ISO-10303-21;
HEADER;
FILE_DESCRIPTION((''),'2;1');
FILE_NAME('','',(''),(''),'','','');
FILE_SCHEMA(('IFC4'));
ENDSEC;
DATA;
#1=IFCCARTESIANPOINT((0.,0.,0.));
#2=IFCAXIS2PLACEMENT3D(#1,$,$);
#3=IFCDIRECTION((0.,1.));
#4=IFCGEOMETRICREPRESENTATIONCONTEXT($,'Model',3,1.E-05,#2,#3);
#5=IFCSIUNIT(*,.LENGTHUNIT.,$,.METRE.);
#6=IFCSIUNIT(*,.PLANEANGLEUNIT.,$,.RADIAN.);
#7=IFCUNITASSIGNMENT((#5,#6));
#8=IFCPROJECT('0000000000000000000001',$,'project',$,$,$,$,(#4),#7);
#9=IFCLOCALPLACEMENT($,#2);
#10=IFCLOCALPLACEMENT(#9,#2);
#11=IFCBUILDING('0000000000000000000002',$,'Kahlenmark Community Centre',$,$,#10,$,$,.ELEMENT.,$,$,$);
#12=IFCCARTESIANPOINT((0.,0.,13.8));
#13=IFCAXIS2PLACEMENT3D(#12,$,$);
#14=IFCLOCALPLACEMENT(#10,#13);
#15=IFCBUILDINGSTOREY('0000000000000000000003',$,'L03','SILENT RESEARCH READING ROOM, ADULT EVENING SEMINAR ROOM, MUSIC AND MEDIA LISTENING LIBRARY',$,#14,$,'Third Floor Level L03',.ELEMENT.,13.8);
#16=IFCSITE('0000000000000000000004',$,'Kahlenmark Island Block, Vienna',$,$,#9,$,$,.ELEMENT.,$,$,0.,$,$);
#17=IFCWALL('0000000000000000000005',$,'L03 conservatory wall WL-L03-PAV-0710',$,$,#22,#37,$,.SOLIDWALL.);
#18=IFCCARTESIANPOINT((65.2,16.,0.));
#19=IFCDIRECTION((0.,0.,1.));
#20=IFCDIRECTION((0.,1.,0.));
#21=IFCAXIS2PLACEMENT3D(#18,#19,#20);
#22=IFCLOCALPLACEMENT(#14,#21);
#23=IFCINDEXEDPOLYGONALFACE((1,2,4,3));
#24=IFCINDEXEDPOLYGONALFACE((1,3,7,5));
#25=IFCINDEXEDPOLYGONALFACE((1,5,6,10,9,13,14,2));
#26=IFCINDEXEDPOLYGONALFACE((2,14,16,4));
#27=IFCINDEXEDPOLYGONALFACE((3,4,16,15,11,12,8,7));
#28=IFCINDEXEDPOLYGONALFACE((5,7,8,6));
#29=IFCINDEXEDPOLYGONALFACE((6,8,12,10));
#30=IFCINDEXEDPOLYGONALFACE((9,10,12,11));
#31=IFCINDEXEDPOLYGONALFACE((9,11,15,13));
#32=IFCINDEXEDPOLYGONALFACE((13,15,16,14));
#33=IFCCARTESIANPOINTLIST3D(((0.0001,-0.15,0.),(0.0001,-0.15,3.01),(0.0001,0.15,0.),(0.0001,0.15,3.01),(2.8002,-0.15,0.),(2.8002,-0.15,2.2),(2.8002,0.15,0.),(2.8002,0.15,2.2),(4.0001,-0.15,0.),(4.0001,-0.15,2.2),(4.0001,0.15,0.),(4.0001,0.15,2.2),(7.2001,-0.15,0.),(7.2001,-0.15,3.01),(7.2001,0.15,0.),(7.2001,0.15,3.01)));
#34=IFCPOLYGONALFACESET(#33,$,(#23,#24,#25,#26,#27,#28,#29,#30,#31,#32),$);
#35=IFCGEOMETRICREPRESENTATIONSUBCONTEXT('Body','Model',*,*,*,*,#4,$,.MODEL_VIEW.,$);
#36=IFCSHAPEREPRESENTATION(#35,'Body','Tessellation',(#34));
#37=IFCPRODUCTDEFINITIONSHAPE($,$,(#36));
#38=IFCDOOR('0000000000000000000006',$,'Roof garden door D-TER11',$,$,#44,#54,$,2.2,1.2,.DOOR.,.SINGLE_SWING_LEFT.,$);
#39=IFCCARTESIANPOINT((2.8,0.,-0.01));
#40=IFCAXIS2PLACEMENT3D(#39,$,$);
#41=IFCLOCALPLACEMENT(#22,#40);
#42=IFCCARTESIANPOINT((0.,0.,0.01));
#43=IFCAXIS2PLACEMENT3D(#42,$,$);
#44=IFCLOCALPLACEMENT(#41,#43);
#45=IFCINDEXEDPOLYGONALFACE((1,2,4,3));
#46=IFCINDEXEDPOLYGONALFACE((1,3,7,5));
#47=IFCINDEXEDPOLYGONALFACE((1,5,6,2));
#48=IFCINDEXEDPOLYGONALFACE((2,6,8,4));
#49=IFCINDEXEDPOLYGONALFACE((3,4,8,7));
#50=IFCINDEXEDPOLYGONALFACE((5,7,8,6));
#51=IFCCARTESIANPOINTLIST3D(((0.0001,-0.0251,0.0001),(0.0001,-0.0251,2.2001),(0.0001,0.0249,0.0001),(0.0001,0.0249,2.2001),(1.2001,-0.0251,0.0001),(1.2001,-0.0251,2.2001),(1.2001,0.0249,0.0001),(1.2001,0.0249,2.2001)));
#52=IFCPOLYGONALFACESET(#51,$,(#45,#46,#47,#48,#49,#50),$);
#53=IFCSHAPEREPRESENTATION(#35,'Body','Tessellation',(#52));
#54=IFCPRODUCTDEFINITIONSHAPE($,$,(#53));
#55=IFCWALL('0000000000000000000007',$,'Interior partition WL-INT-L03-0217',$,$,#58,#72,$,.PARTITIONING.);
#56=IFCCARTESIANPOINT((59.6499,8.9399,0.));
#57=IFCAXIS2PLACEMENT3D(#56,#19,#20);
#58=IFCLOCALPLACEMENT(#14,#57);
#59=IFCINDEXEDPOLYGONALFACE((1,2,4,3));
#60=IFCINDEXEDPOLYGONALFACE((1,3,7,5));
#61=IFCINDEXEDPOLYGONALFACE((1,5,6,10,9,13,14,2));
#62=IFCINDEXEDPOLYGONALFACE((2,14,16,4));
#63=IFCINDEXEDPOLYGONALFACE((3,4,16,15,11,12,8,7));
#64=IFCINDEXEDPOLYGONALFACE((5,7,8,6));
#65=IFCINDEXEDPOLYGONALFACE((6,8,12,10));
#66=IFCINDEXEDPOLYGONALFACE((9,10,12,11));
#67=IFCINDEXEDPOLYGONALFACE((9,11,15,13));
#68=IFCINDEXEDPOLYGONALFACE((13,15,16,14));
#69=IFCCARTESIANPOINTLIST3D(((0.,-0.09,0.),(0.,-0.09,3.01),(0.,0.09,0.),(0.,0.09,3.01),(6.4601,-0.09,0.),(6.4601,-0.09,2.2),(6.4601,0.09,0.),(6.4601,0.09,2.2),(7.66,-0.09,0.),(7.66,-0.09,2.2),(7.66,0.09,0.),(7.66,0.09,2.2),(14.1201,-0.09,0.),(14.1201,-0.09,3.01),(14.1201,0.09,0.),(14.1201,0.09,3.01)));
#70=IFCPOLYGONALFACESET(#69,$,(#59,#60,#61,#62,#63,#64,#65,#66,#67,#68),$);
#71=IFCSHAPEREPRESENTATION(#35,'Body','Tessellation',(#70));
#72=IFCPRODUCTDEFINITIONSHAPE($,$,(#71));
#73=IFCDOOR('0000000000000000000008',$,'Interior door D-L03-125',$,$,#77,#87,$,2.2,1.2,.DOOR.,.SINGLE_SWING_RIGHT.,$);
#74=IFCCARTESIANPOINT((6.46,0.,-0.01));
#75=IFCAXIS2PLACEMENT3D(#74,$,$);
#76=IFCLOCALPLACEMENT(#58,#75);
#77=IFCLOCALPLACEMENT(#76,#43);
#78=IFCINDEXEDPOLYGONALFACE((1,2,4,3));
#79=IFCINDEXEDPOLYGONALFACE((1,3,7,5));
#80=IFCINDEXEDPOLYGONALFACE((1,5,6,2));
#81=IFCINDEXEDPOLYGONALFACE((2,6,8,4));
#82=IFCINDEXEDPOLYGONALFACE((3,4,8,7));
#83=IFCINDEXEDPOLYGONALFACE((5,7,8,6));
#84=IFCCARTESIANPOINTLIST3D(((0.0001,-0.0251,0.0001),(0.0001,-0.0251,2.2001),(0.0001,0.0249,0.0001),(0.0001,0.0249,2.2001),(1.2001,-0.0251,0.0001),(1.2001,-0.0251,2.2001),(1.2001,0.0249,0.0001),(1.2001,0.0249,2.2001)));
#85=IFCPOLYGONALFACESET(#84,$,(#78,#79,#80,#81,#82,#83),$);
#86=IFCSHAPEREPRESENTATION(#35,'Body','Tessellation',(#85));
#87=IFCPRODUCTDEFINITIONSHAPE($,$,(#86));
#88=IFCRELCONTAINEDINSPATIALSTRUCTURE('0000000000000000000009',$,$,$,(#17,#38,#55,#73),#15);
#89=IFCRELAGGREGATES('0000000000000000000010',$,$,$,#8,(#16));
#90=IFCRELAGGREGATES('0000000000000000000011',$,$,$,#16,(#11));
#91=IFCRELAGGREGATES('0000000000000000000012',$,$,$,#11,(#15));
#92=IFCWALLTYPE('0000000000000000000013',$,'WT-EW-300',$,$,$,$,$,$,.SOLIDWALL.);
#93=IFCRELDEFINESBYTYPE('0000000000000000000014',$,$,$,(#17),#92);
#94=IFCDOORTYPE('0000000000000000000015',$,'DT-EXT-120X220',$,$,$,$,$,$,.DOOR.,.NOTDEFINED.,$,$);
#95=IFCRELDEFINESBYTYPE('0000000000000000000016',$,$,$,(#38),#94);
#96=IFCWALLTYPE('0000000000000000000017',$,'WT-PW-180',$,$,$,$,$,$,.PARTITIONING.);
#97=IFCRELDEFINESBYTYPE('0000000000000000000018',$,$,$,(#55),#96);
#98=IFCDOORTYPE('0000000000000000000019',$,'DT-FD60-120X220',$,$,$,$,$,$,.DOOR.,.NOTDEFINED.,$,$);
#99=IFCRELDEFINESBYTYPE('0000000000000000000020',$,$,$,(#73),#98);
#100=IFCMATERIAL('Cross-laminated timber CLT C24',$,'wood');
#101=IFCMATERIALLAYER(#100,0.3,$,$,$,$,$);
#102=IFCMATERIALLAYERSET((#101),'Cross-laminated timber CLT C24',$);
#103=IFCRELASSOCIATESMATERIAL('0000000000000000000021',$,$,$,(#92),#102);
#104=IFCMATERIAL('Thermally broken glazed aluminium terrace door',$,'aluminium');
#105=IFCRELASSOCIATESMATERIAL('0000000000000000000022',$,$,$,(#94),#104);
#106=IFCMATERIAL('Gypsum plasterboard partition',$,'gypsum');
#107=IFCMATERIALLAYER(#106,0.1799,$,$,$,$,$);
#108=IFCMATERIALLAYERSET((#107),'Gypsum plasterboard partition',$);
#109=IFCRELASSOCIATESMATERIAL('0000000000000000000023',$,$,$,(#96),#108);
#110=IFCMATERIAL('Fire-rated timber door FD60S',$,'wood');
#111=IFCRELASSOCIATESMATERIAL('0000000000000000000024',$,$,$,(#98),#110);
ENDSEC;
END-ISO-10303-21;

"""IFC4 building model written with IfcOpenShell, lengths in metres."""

from ifc_helpers import new_model, si_unit, direction, frame, frame_2d, origin, place, context, subcontext, project, spatial, rectangle, extrude, material, layer, layer_set, type_object, element, fill, save


model = new_model("IFC4")

# Units and contexts
model_context = context("Model", 3, precision=1e-05, world=origin(), true_north=direction((0.0, 1.0)))
body_context = subcontext(model_context, "Body", "Model", "MODEL_VIEW")
ifc_project = project(units=[si_unit("LENGTHUNIT", "METRE"), si_unit("PLANEANGLEUNIT", "RADIAN")], contexts=[model_context])

# Site, building, storey
site_placement = place(None, origin())
site = spatial("IfcSite", under=ifc_project, at=site_placement, Name="Kahlenmark Island Block, Vienna", CompositionType="ELEMENT", RefElevation=0.0)
building_placement = place(site_placement, origin())
building = spatial("IfcBuilding", under=site, at=building_placement, Name="Kahlenmark Community Centre", CompositionType="ELEMENT")
storey_placement = place(building_placement, frame((0.0, 0.0, 13.8)))
storey = spatial("IfcBuildingStorey", under=building, at=storey_placement, Name="L03", Description="SILENT RESEARCH READING ROOM, ADULT EVENING SEMINAR ROOM, MUSIC AND MEDIA LISTENING LIBRARY", LongName="Third Floor Level L03", CompositionType="ELEMENT", Elevation=13.8)

# Shared definitions
ifc_material_1 = material(Name="Cross-laminated timber CLT C24", Category="wood")
ifc_layer_1 = layer(ifc_material_1, 0.3)
ifc_layer_set_1 = layer_set([ifc_layer_1], Name="Cross-laminated timber CLT C24")
wall_type_1 = type_object("IfcWallType", Name="WT-EW-300", PredefinedType="SOLIDWALL", material=ifc_layer_set_1)

# Walls, openings, doors
wall_1_placement = place(storey_placement, frame((65.2, 16.0, 0.0), z_axis=(0.0, 0.0, 1.0), x_axis=(0.0, 1.0, 0.0)))
wall_1 = element("IfcWall", 1, at=wall_1_placement, inside=storey, type_object=wall_type_1, Name="L03 conservatory wall WL-L03-PAV-0710", PredefinedType="SOLIDWALL", context=body_context, shape_type="SweptSolid", body=[
    extrude(rectangle(XDim=7.2, YDim=0.3, at=frame_2d((3.6001, 0.0))), origin(), (0.0, 0.0, 1.0), 3.01),
])
opening_1_placement = place(wall_1_placement, frame((2.8, 0.0, -0.01)))
opening_1 = element("IfcOpeningElement", 2, at=opening_1_placement, cuts=wall_1, PredefinedType="OPENING", context=body_context, shape_type="SweptSolid", body=[
    extrude(rectangle(XDim=1.2, YDim=2.21, at=frame_2d((0.6001, 1.105))), frame((0.0, 0.1599, 0.0), z_axis=(0.0, -1.0, 0.0), x_axis=(1.0, 0.0, 0.0)), (0.0, 0.0, 1.0), 0.3201),
])
ifc_material_2 = material(Name="Thermally broken glazed aluminium terrace door", Category="aluminium")
door_type_1 = type_object("IfcDoorType", Name="DT-EXT-120X220", OperationType="NOTDEFINED", PredefinedType="DOOR", material=ifc_material_2)
door_1_placement = place(opening_1_placement, frame((0.0, 0.0, 0.01)))
door_1 = element("IfcDoor", 3, at=door_1_placement, inside=storey, type_object=door_type_1, Name="Roof garden door D-TER11", OperationType="SINGLE_SWING_LEFT", OverallHeight=2.2, OverallWidth=1.2, PredefinedType="DOOR", context=body_context, shape_type="SweptSolid", body=[
    extrude(rectangle(XDim=1.2, YDim=2.2, at=frame_2d((0.6001, 1.1001))), frame((0.0, 0.0249, 0.0), z_axis=(0.0, -1.0, 0.0), x_axis=(1.0, 0.0, 0.0)), (0.0, 0.0, 1.0), 0.05),
])
fill(opening_1, door_1)
ifc_material_3 = material(Name="Gypsum plasterboard partition", Category="gypsum")
ifc_layer_2 = layer(ifc_material_3, 0.1799)
ifc_layer_set_2 = layer_set([ifc_layer_2], Name="Gypsum plasterboard partition")
wall_type_2 = type_object("IfcWallType", Name="WT-PW-180", PredefinedType="PARTITIONING", material=ifc_layer_set_2)
wall_2_placement = place(storey_placement, frame((59.6499, 8.9399, 0.0), z_axis=(0.0, 0.0, 1.0), x_axis=(0.0, 1.0, 0.0)))
wall_2 = element("IfcWall", 4, at=wall_2_placement, inside=storey, type_object=wall_type_2, Name="Interior partition WL-INT-L03-0217", PredefinedType="PARTITIONING", context=body_context, shape_type="SweptSolid", body=[
    extrude(rectangle(XDim=14.1201, YDim=0.1799, at=frame_2d((7.0601, 0.0))), origin(), (0.0, 0.0, 1.0), 3.01),
])
opening_2_placement = place(wall_2_placement, frame((6.46, 0.0, -0.01)))
opening_2 = element("IfcOpeningElement", 5, at=opening_2_placement, cuts=wall_2, PredefinedType="OPENING", context=body_context, shape_type="SweptSolid", body=[
    extrude(rectangle(XDim=1.2, YDim=2.21, at=frame_2d((0.6001, 1.105))), frame((0.0, 0.0999, 0.0), z_axis=(0.0, -1.0, 0.0), x_axis=(1.0, 0.0, 0.0)), (0.0, 0.0, 1.0), 0.2),
])
ifc_material_4 = material(Name="Fire-rated timber door FD60S", Category="wood")
door_type_2 = type_object("IfcDoorType", Name="DT-FD60-120X220", OperationType="NOTDEFINED", PredefinedType="DOOR", material=ifc_material_4)
door_2_placement = place(opening_2_placement, frame((0.0, 0.0, 0.01)))
door_2 = element("IfcDoor", 6, at=door_2_placement, inside=storey, type_object=door_type_2, Name="Interior door D-L03-125", OperationType="SINGLE_SWING_RIGHT", OverallHeight=2.2, OverallWidth=1.2, PredefinedType="DOOR", context=body_context, shape_type="SweptSolid", body=[
    extrude(rectangle(XDim=1.2, YDim=2.2, at=frame_2d((0.6001, 1.1001))), frame((0.0, 0.0249, 0.0), z_axis=(0.0, -1.0, 0.0), x_axis=(1.0, 0.0, 0.0)), (0.0, 0.0, 1.0), 0.05),
])
fill(opening_2, door_2)

save(model, "model.ifc")
